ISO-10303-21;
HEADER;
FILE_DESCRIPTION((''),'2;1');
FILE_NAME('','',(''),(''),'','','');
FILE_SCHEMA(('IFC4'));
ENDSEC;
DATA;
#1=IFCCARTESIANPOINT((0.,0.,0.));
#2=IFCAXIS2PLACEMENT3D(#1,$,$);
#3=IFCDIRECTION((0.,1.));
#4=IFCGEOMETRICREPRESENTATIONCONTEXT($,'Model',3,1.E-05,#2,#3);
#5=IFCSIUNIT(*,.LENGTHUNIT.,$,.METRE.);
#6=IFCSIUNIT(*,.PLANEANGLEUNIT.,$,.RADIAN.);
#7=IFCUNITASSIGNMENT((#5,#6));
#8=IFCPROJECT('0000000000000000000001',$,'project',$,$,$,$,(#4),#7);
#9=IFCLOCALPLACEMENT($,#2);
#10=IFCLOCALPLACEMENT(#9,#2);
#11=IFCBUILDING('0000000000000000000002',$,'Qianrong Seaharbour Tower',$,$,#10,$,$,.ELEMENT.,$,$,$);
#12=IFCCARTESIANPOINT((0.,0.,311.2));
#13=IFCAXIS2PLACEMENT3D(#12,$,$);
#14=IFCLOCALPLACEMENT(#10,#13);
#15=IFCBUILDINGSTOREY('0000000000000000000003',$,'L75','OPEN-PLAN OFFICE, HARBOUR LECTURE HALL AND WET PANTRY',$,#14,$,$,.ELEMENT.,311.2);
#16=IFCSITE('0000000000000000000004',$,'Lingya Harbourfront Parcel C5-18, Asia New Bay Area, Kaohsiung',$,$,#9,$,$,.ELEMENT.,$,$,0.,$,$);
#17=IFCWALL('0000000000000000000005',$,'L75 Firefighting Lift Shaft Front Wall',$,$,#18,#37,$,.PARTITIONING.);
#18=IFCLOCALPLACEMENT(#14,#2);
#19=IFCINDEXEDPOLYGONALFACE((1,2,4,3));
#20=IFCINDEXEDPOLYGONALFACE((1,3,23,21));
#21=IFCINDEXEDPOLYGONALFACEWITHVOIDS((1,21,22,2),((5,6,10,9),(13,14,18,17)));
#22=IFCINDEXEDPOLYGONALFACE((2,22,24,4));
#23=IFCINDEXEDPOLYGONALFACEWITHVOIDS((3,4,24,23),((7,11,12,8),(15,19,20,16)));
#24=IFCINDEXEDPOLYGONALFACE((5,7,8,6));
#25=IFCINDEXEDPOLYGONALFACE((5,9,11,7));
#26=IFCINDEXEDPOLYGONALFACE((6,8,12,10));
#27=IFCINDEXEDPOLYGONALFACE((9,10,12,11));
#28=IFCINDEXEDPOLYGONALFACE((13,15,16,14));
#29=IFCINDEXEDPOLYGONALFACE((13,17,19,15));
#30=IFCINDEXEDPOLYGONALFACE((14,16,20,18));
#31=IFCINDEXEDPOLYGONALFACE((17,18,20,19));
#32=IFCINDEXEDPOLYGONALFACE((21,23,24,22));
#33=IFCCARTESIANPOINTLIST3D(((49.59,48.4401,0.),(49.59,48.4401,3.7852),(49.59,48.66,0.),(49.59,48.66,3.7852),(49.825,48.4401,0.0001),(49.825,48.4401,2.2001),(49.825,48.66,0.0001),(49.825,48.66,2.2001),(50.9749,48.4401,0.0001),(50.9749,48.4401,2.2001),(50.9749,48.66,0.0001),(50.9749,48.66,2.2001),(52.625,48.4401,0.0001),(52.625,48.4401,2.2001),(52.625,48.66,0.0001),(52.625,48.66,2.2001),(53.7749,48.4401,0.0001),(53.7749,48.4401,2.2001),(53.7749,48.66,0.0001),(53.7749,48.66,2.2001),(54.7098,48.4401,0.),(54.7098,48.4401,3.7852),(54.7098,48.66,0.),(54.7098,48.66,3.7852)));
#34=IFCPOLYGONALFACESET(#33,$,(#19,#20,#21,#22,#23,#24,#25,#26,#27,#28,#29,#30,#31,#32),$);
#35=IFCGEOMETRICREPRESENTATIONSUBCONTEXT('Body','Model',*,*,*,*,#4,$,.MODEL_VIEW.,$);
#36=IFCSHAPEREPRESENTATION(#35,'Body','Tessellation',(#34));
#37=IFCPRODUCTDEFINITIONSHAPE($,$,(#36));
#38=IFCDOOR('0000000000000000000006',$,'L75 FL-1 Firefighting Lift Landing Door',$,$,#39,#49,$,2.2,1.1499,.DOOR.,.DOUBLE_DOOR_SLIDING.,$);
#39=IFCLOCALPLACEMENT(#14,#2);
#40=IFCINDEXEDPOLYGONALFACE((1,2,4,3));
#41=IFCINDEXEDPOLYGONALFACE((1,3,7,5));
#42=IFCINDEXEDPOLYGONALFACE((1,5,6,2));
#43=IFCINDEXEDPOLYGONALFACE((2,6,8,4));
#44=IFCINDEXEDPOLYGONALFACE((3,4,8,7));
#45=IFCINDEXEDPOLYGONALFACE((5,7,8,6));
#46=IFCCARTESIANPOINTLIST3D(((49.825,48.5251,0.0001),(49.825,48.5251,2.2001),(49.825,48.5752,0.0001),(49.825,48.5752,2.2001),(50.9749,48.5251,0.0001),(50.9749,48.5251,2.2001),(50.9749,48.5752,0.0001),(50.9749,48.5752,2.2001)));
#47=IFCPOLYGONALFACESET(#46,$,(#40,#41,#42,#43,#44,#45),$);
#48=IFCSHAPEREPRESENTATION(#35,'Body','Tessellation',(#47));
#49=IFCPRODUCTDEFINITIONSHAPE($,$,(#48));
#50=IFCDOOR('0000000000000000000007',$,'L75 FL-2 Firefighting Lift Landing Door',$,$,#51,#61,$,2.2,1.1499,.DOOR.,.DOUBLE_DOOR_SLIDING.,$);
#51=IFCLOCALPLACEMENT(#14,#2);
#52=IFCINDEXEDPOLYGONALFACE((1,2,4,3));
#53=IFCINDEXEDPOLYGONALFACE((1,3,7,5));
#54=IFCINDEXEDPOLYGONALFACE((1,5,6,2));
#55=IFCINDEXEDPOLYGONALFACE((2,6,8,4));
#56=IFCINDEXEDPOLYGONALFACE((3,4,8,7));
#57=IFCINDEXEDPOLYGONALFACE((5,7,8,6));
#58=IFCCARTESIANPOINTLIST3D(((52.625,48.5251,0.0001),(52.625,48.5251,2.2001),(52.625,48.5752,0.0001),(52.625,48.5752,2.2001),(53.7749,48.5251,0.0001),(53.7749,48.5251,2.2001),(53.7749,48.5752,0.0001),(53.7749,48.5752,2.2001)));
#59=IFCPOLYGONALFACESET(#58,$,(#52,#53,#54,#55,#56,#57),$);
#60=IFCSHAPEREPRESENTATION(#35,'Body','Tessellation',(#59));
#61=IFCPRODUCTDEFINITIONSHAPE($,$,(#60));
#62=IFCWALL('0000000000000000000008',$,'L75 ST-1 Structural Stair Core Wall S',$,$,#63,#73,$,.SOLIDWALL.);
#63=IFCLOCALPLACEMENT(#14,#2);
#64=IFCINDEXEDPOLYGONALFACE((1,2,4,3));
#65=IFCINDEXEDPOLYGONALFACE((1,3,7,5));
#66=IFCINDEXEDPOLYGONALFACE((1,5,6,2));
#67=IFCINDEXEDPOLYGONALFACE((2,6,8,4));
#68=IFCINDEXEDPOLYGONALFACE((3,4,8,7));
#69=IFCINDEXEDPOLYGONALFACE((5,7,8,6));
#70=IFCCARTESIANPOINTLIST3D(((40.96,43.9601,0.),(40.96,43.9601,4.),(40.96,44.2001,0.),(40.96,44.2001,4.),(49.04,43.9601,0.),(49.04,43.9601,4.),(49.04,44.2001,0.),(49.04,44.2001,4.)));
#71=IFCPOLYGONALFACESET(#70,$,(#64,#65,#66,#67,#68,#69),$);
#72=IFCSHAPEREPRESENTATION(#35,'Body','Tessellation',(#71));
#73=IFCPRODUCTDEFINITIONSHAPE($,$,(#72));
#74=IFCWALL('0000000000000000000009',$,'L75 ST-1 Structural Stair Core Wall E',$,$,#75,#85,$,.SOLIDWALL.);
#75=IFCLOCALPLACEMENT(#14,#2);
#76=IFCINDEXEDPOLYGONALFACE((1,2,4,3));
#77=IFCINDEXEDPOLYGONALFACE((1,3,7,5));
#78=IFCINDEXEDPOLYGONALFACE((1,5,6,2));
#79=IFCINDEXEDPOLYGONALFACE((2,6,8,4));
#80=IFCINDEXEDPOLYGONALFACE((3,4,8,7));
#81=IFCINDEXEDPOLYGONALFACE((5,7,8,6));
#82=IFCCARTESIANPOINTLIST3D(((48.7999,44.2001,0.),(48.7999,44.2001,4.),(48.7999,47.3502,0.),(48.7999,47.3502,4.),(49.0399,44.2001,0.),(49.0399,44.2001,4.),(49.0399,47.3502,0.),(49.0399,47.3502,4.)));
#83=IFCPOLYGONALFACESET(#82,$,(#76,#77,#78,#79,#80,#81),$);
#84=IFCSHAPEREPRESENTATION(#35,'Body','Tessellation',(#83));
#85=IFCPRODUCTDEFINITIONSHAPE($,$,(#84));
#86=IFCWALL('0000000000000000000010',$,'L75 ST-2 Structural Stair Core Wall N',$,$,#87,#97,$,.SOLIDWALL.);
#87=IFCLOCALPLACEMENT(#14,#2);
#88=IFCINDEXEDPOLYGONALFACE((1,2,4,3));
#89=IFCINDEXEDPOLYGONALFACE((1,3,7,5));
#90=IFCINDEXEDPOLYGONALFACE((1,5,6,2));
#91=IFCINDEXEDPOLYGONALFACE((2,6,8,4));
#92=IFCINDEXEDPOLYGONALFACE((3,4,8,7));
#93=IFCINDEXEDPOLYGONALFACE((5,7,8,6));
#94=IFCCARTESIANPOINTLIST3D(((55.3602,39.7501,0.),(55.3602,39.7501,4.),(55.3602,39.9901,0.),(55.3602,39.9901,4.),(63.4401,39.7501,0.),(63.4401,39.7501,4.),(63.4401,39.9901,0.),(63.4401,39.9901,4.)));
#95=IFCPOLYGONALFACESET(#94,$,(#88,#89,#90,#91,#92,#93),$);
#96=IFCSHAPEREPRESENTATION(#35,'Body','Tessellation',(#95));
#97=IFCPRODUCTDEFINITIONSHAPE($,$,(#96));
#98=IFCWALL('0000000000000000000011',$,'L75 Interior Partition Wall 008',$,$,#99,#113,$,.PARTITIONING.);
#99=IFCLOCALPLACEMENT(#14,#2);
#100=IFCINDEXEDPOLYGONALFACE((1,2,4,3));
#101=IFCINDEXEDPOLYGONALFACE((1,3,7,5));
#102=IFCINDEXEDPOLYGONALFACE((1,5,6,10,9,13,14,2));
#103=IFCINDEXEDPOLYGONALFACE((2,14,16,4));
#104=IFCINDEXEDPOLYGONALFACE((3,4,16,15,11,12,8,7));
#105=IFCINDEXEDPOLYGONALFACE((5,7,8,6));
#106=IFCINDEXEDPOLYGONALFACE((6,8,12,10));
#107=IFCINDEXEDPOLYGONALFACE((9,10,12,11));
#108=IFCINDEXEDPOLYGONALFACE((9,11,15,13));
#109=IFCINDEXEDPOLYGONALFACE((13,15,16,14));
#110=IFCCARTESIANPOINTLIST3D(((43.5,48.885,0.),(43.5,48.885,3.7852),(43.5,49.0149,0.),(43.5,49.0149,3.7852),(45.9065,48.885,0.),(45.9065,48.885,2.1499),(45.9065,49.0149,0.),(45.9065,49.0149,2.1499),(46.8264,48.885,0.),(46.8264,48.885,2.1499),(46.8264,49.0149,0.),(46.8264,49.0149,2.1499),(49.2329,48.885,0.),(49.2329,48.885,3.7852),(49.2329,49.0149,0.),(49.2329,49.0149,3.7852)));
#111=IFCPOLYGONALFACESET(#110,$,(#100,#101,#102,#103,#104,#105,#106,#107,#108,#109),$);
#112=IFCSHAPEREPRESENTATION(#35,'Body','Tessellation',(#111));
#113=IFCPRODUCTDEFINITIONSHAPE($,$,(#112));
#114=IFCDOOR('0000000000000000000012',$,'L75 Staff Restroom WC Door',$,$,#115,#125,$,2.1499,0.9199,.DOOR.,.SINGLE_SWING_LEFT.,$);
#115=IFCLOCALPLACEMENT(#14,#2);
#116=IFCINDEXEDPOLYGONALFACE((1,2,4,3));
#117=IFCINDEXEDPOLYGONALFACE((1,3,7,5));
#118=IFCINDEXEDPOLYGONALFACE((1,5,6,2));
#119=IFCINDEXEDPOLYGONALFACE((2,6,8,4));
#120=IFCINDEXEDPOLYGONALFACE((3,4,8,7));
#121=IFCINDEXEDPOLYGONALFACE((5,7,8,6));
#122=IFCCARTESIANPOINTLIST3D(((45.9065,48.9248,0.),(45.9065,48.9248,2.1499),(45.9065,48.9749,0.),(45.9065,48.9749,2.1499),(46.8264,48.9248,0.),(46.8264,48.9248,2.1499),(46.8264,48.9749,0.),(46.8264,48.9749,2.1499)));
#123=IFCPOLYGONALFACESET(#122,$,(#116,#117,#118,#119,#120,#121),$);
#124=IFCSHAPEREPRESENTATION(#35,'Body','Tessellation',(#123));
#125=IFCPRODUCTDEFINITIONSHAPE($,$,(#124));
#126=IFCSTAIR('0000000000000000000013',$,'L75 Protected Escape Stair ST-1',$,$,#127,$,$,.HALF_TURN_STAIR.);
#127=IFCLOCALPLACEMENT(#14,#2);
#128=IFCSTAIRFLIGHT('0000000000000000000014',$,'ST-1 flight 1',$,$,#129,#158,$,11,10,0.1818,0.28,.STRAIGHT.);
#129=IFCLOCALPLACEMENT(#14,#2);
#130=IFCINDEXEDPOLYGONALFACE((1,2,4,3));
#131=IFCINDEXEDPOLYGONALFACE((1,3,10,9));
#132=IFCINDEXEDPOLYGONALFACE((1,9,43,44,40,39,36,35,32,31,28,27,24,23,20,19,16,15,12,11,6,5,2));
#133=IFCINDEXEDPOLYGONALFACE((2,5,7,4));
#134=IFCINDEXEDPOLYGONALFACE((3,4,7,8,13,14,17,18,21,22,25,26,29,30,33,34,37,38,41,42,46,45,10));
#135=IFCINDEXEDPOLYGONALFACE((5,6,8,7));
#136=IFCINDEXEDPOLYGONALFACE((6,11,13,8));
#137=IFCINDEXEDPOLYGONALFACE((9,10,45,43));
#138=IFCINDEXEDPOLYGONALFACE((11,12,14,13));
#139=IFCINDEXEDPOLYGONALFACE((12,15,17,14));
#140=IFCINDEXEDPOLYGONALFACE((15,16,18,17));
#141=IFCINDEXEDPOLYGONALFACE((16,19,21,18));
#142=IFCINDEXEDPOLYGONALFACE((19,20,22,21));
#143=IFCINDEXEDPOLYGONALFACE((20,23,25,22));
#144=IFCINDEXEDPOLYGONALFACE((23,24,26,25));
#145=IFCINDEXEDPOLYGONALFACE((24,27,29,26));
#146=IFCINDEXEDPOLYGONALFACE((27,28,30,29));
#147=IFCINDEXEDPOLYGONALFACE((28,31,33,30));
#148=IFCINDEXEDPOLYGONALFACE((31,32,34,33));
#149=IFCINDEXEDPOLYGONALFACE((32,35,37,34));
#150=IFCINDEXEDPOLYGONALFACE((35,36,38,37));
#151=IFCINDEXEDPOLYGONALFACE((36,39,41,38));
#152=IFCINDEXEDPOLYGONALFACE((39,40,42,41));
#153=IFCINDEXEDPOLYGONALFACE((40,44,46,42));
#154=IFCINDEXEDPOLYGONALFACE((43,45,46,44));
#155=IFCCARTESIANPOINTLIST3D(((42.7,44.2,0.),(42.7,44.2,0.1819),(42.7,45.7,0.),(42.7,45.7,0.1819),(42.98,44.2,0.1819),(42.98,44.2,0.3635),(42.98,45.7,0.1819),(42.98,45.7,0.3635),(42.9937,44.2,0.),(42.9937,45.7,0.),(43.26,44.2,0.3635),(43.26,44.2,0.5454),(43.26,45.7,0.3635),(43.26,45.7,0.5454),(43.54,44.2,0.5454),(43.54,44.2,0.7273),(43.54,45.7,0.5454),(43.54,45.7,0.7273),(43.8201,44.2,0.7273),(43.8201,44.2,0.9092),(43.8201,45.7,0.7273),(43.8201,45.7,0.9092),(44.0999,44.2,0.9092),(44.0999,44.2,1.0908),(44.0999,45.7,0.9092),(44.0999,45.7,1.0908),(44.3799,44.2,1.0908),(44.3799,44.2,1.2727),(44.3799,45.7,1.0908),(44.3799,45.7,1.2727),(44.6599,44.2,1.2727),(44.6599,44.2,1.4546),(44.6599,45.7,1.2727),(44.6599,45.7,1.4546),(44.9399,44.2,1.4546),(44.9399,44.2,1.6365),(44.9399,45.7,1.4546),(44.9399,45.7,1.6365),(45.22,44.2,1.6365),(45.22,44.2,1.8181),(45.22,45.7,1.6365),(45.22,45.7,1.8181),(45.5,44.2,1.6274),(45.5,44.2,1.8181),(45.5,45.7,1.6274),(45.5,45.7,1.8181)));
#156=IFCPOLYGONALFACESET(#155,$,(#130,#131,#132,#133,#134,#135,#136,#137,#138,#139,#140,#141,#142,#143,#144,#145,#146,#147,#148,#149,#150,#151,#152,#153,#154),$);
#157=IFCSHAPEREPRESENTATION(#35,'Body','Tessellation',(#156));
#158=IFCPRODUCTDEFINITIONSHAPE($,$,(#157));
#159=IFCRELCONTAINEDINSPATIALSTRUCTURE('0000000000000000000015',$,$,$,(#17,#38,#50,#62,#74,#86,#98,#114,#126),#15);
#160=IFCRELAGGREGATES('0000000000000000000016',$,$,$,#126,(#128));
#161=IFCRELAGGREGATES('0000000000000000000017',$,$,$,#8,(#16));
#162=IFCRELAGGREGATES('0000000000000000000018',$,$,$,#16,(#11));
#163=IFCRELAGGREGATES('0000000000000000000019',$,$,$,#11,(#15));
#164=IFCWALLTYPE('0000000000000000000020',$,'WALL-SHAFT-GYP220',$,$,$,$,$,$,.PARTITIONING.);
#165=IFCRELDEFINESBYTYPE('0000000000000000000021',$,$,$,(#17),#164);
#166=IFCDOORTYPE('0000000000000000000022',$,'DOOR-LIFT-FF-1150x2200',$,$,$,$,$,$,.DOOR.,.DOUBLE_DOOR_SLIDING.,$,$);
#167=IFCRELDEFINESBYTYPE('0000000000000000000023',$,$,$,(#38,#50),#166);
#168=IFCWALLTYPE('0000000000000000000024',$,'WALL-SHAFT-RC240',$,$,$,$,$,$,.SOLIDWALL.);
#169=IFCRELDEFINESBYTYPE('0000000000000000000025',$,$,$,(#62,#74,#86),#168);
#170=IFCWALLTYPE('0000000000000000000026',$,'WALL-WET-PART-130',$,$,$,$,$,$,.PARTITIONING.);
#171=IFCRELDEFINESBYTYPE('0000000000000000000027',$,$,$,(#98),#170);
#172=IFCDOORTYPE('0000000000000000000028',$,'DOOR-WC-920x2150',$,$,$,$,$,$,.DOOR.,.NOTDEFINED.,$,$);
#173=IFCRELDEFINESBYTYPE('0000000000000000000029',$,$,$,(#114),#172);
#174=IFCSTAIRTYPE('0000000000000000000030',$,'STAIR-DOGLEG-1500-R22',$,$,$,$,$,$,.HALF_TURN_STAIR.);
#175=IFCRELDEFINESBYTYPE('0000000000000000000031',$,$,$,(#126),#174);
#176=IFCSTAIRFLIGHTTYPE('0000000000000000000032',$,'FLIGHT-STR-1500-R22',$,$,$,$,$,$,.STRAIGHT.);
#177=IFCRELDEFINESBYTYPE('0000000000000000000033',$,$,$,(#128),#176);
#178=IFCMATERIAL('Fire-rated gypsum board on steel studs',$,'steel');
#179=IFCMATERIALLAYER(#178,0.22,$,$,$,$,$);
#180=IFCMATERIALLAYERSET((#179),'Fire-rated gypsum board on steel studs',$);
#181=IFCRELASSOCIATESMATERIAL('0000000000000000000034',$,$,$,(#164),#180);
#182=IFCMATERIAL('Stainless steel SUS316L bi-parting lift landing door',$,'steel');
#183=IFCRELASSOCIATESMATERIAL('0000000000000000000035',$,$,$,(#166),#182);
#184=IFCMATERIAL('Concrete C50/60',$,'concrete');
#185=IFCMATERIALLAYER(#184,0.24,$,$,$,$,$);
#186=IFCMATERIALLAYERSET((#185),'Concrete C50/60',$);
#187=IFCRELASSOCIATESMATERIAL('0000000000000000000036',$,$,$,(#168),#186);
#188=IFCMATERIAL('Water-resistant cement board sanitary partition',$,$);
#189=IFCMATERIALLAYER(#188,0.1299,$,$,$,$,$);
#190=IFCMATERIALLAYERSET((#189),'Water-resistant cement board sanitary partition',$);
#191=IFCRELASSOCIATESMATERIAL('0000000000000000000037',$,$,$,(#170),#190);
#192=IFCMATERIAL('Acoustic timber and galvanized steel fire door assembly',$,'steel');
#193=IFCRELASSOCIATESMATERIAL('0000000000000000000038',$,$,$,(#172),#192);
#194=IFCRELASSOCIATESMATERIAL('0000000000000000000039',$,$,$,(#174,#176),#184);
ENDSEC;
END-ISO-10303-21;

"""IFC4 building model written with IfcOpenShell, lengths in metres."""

from ifc_helpers import new_model, si_unit, direction, frame, frame_2d, origin, place, context, subcontext, project, spatial, polyline, rectangle, outline, extrude, material, layer, layer_set, type_object, element, fill, aggregate, save


model = new_model("IFC4")

# Units and contexts
model_context = context("Model", 3, precision=1e-05, world=origin(), true_north=direction((0.0, 1.0)))
body_context = subcontext(model_context, "Body", "Model", "MODEL_VIEW")
ifc_project = project(units=[si_unit("LENGTHUNIT", "METRE"), si_unit("PLANEANGLEUNIT", "RADIAN")], contexts=[model_context])

# Site, building, storey
site_placement = place(None, origin())
site = spatial("IfcSite", under=ifc_project, at=site_placement, Name="Lingya Harbourfront Parcel C5-18, Asia New Bay Area, Kaohsiung", CompositionType="ELEMENT", RefElevation=0.0)
building_placement = place(site_placement, origin())
building = spatial("IfcBuilding", under=site, at=building_placement, Name="Qianrong Seaharbour Tower", CompositionType="ELEMENT")
storey_placement = place(building_placement, frame((0.0, 0.0, 311.2)))
storey = spatial("IfcBuildingStorey", under=building, at=storey_placement, Name="L75", Description="OPEN-PLAN OFFICE, HARBOUR LECTURE HALL AND WET PANTRY", CompositionType="ELEMENT", Elevation=311.2)

# Shared definitions
ifc_material_1 = material(Name="Concrete C50/60", Category="concrete")

# Shared definitions
ifc_material_2 = material(Name="Acoustic timber and galvanized steel fire door assembly", Category="steel")

# Shared definitions
ifc_material_3 = material(Name="Fire-rated gypsum board on steel studs", Category="steel")

# Wall, openings, doors
ifc_layer_1 = layer(ifc_material_3, 0.22)
ifc_layer_set_1 = layer_set([ifc_layer_1], Name="Fire-rated gypsum board on steel studs")
wall_type_1 = type_object("IfcWallType", Name="WALL-SHAFT-GYP220", PredefinedType="PARTITIONING", material=ifc_layer_set_1)
wall_1_placement = place(storey_placement, frame((54.71, 48.55, 0.0), z_axis=(0.0, 0.0, 1.0), x_axis=(-1.0, 0.0, 0.0)))
wall_1 = element("IfcWall", 1, at=wall_1_placement, inside=storey, type_object=wall_type_1, Name="L75 Firefighting Lift Shaft Front Wall", PredefinedType="PARTITIONING", context=body_context, shape_type="SweptSolid", body=[
    extrude(rectangle(XDim=5.1199, YDim=0.22, at=frame_2d((2.5601, 0.0))), origin(), (0.0, 0.0, 1.0), 3.7852),
])
opening_1_placement = place(wall_1_placement, frame((3.7351, 0.0, 0.0)))
opening_1 = element("IfcOpeningElement", 2, at=opening_1_placement, cuts=wall_1, PredefinedType="OPENING", context=body_context, shape_type="SweptSolid", body=[
    extrude(rectangle(XDim=1.1499, YDim=2.2, at=frame_2d((0.575, 1.1001))), frame((0.0, 0.1201, 0.0), z_axis=(0.0, -1.0, 0.0), x_axis=(1.0, 0.0, 0.0)), (0.0, 0.0, 1.0), 0.24),
])
opening_2_placement = place(wall_1_placement, frame((0.9351, 0.0, 0.0)))
opening_2 = element("IfcOpeningElement", 3, at=opening_2_placement, cuts=wall_1, PredefinedType="OPENING", context=body_context, shape_type="SweptSolid", body=[
    extrude(rectangle(XDim=1.1499, YDim=2.2, at=frame_2d((0.575, 1.1001))), frame((0.0, 0.1201, 0.0), z_axis=(0.0, -1.0, 0.0), x_axis=(1.0, 0.0, 0.0)), (0.0, 0.0, 1.0), 0.24),
])
ifc_material_4 = material(Name="Stainless steel SUS316L bi-parting lift landing door", Category="steel")
door_type_1 = type_object("IfcDoorType", Name="DOOR-LIFT-FF-1150x2200", OperationType="DOUBLE_DOOR_SLIDING", PredefinedType="DOOR", material=ifc_material_4)
door_1_placement = place(opening_1_placement, origin())
door_1 = element("IfcDoor", 4, at=door_1_placement, inside=storey, type_object=door_type_1, Name="L75 FL-1 Firefighting Lift Landing Door", OperationType="DOUBLE_DOOR_SLIDING", OverallHeight=2.2, OverallWidth=1.1499, PredefinedType="DOOR", context=body_context, shape_type="SweptSolid", body=[
    extrude(rectangle(XDim=1.1499, YDim=2.2, at=frame_2d((0.575, 1.1001))), frame((0.0, 0.0249, 0.0), z_axis=(0.0, -1.0, 0.0), x_axis=(1.0, 0.0, 0.0)), (0.0, 0.0, 1.0), 0.05),
])
fill(opening_1, door_1)
door_2_placement = place(opening_2_placement, origin())
door_2 = element("IfcDoor", 5, at=door_2_placement, inside=storey, type_object=door_type_1, Name="L75 FL-2 Firefighting Lift Landing Door", OperationType="DOUBLE_DOOR_SLIDING", OverallHeight=2.2, OverallWidth=1.1499, PredefinedType="DOOR", context=body_context, shape_type="SweptSolid", body=[
    extrude(rectangle(XDim=1.1499, YDim=2.2, at=frame_2d((0.575, 1.1001))), frame((0.0, 0.0249, 0.0), z_axis=(0.0, -1.0, 0.0), x_axis=(1.0, 0.0, 0.0)), (0.0, 0.0, 1.0), 0.05),
])
fill(opening_2, door_2)

# Walls
ifc_layer_2 = layer(ifc_material_1, 0.24)
ifc_layer_set_2 = layer_set([ifc_layer_2], Name="Concrete C50/60")
wall_type_2 = type_object("IfcWallType", Name="WALL-SHAFT-RC240", PredefinedType="SOLIDWALL", material=ifc_layer_set_2)
wall_2_placement = place(storey_placement, frame((49.04, 44.0801, 0.0), z_axis=(0.0, 0.0, 1.0), x_axis=(-1.0, 0.0, 0.0)))
element("IfcWall", 6, at=wall_2_placement, inside=storey, type_object=wall_type_2, Name="L75 ST-1 Structural Stair Core Wall S", PredefinedType="SOLIDWALL", context=body_context, shape_type="SweptSolid", body=[
    extrude(rectangle(XDim=8.0801, YDim=0.24, at=frame_2d((4.04, 0.0))), origin(), (0.0, 0.0, 1.0), 4.0),
])
wall_3_placement = place(storey_placement, frame((48.9199, 44.2, 0.0), z_axis=(0.0, 0.0, 1.0), x_axis=(0.0, 1.0, 0.0)))
element("IfcWall", 7, at=wall_3_placement, inside=storey, type_object=wall_type_2, Name="L75 ST-1 Structural Stair Core Wall E", PredefinedType="SOLIDWALL", context=body_context, shape_type="SweptSolid", body=[
    extrude(rectangle(XDim=3.1501, YDim=0.24, at=frame_2d((1.5752, 0.0))), origin(), (0.0, 0.0, 1.0), 4.0),
])
wall_4_placement = place(storey_placement, frame((55.3601, 39.8701, 0.0), z_axis=(0.0, 0.0, 1.0), x_axis=(1.0, 0.0, 0.0)))
element("IfcWall", 8, at=wall_4_placement, inside=storey, type_object=wall_type_2, Name="L75 ST-2 Structural Stair Core Wall N", PredefinedType="SOLIDWALL", context=body_context, shape_type="SweptSolid", body=[
    extrude(rectangle(XDim=8.0798, YDim=0.24, at=frame_2d((4.04, 0.0))), origin(), (0.0, 0.0, 1.0), 4.0),
])

# Wall, opening, door
ifc_material_5 = material(Name="Water-resistant cement board sanitary partition")
ifc_layer_3 = layer(ifc_material_5, 0.1299)
ifc_layer_set_3 = layer_set([ifc_layer_3], Name="Water-resistant cement board sanitary partition")
wall_type_3 = type_object("IfcWallType", Name="WALL-WET-PART-130", PredefinedType="PARTITIONING", material=ifc_layer_set_3)
wall_5_placement = place(storey_placement, frame((43.5, 48.95, 0.0), z_axis=(0.0, 0.0, 1.0), x_axis=(1.0, 0.0, 0.0)))
wall_5 = element("IfcWall", 9, at=wall_5_placement, inside=storey, type_object=wall_type_3, Name="L75 Interior Partition Wall 008", PredefinedType="PARTITIONING", context=body_context, shape_type="SweptSolid", body=[
    extrude(rectangle(XDim=5.7329, YDim=0.1299, at=frame_2d((2.8665, 0.0))), origin(), (0.0, 0.0, 1.0), 3.7852),
])
opening_3_placement = place(wall_5_placement, frame((2.4065, 0.0, 0.0)))
opening_3 = element("IfcOpeningElement", 10, at=opening_3_placement, cuts=wall_5, PredefinedType="OPENING", context=body_context, shape_type="SweptSolid", body=[
    extrude(rectangle(XDim=0.9199, YDim=2.1499, at=frame_2d((0.46, 1.075))), frame((0.0, 0.075, 0.0), z_axis=(0.0, -1.0, 0.0), x_axis=(1.0, 0.0, 0.0)), (0.0, 0.0, 1.0), 0.1499),
])
door_type_2 = type_object("IfcDoorType", Name="DOOR-WC-920x2150", OperationType="NOTDEFINED", PredefinedType="DOOR", material=ifc_material_2)
door_3_placement = place(opening_3_placement, origin())
door_3 = element("IfcDoor", 11, at=door_3_placement, inside=storey, type_object=door_type_2, Name="L75 Staff Restroom WC Door", OperationType="SINGLE_SWING_LEFT", OverallHeight=2.1499, OverallWidth=0.9199, PredefinedType="DOOR", context=body_context, shape_type="SweptSolid", body=[
    extrude(rectangle(XDim=0.9199, YDim=2.1499, at=frame_2d((0.46, 1.075))), frame((0.0, 0.0249, 0.0), z_axis=(0.0, -1.0, 0.0), x_axis=(1.0, 0.0, 0.0)), (0.0, 0.0, 1.0), 0.05),
])
fill(opening_3, door_3)

# Stair, stair flight
stair_type = type_object("IfcStairType", Name="STAIR-DOGLEG-1500-R22", PredefinedType="HALF_TURN_STAIR", material=ifc_material_1)
stair_placement = place(storey_placement, origin())
stair = element("IfcStair", 12, at=stair_placement, inside=storey, type_object=stair_type, Name="L75 Protected Escape Stair ST-1", PredefinedType="HALF_TURN_STAIR")
stair_flight_type = type_object("IfcStairFlightType", Name="FLIGHT-STR-1500-R22", PredefinedType="STRAIGHT", material=ifc_material_1)
stair_flight_1_placement = place(storey_placement, frame((42.7, 44.95, 0.0), z_axis=(0.0, 0.0, 1.0), x_axis=(1.0, 0.0, 0.0)))
stair_flight_1 = element("IfcStairFlight", 13, at=stair_flight_1_placement, type_object=stair_flight_type, Name="ST-1 flight 1", NumberOfRisers=11, NumberOfTreads=10, PredefinedType="STRAIGHT", RiserHeight=0.1818, TreadLength=0.28, context=body_context, shape_type="SweptSolid", body=[
    extrude(outline(polyline([(0.0, 0.0), (0.0, 0.1819), (0.28, 0.1819), (0.28, 0.3635), (0.5601, 0.3635), (0.5601, 0.5454), (0.8401, 0.5454), (0.8401, 0.7273), (1.1201, 0.7273), (1.1201, 0.9092), (1.3999, 0.9092), (1.3999, 1.0908), (1.6799, 1.0908), (1.6799, 1.2727), (1.96, 1.2727), (1.96, 1.4546), (2.24, 1.4546), (2.24, 1.6365), (2.52, 1.6365), (2.52, 1.8181), (2.8, 1.8181), (2.8, 2.0), (2.8, 1.6274), (0.2937, 0.0), (0.0, 0.0)])), frame((0.0, 0.75, 0.0), z_axis=(0.0, -1.0, 0.0), x_axis=(1.0, 0.0, 0.0)), (0.0, 0.0, 1.0), 1.5),
])
aggregate(stair, [stair_flight_1])

save(model, "model.ifc")
